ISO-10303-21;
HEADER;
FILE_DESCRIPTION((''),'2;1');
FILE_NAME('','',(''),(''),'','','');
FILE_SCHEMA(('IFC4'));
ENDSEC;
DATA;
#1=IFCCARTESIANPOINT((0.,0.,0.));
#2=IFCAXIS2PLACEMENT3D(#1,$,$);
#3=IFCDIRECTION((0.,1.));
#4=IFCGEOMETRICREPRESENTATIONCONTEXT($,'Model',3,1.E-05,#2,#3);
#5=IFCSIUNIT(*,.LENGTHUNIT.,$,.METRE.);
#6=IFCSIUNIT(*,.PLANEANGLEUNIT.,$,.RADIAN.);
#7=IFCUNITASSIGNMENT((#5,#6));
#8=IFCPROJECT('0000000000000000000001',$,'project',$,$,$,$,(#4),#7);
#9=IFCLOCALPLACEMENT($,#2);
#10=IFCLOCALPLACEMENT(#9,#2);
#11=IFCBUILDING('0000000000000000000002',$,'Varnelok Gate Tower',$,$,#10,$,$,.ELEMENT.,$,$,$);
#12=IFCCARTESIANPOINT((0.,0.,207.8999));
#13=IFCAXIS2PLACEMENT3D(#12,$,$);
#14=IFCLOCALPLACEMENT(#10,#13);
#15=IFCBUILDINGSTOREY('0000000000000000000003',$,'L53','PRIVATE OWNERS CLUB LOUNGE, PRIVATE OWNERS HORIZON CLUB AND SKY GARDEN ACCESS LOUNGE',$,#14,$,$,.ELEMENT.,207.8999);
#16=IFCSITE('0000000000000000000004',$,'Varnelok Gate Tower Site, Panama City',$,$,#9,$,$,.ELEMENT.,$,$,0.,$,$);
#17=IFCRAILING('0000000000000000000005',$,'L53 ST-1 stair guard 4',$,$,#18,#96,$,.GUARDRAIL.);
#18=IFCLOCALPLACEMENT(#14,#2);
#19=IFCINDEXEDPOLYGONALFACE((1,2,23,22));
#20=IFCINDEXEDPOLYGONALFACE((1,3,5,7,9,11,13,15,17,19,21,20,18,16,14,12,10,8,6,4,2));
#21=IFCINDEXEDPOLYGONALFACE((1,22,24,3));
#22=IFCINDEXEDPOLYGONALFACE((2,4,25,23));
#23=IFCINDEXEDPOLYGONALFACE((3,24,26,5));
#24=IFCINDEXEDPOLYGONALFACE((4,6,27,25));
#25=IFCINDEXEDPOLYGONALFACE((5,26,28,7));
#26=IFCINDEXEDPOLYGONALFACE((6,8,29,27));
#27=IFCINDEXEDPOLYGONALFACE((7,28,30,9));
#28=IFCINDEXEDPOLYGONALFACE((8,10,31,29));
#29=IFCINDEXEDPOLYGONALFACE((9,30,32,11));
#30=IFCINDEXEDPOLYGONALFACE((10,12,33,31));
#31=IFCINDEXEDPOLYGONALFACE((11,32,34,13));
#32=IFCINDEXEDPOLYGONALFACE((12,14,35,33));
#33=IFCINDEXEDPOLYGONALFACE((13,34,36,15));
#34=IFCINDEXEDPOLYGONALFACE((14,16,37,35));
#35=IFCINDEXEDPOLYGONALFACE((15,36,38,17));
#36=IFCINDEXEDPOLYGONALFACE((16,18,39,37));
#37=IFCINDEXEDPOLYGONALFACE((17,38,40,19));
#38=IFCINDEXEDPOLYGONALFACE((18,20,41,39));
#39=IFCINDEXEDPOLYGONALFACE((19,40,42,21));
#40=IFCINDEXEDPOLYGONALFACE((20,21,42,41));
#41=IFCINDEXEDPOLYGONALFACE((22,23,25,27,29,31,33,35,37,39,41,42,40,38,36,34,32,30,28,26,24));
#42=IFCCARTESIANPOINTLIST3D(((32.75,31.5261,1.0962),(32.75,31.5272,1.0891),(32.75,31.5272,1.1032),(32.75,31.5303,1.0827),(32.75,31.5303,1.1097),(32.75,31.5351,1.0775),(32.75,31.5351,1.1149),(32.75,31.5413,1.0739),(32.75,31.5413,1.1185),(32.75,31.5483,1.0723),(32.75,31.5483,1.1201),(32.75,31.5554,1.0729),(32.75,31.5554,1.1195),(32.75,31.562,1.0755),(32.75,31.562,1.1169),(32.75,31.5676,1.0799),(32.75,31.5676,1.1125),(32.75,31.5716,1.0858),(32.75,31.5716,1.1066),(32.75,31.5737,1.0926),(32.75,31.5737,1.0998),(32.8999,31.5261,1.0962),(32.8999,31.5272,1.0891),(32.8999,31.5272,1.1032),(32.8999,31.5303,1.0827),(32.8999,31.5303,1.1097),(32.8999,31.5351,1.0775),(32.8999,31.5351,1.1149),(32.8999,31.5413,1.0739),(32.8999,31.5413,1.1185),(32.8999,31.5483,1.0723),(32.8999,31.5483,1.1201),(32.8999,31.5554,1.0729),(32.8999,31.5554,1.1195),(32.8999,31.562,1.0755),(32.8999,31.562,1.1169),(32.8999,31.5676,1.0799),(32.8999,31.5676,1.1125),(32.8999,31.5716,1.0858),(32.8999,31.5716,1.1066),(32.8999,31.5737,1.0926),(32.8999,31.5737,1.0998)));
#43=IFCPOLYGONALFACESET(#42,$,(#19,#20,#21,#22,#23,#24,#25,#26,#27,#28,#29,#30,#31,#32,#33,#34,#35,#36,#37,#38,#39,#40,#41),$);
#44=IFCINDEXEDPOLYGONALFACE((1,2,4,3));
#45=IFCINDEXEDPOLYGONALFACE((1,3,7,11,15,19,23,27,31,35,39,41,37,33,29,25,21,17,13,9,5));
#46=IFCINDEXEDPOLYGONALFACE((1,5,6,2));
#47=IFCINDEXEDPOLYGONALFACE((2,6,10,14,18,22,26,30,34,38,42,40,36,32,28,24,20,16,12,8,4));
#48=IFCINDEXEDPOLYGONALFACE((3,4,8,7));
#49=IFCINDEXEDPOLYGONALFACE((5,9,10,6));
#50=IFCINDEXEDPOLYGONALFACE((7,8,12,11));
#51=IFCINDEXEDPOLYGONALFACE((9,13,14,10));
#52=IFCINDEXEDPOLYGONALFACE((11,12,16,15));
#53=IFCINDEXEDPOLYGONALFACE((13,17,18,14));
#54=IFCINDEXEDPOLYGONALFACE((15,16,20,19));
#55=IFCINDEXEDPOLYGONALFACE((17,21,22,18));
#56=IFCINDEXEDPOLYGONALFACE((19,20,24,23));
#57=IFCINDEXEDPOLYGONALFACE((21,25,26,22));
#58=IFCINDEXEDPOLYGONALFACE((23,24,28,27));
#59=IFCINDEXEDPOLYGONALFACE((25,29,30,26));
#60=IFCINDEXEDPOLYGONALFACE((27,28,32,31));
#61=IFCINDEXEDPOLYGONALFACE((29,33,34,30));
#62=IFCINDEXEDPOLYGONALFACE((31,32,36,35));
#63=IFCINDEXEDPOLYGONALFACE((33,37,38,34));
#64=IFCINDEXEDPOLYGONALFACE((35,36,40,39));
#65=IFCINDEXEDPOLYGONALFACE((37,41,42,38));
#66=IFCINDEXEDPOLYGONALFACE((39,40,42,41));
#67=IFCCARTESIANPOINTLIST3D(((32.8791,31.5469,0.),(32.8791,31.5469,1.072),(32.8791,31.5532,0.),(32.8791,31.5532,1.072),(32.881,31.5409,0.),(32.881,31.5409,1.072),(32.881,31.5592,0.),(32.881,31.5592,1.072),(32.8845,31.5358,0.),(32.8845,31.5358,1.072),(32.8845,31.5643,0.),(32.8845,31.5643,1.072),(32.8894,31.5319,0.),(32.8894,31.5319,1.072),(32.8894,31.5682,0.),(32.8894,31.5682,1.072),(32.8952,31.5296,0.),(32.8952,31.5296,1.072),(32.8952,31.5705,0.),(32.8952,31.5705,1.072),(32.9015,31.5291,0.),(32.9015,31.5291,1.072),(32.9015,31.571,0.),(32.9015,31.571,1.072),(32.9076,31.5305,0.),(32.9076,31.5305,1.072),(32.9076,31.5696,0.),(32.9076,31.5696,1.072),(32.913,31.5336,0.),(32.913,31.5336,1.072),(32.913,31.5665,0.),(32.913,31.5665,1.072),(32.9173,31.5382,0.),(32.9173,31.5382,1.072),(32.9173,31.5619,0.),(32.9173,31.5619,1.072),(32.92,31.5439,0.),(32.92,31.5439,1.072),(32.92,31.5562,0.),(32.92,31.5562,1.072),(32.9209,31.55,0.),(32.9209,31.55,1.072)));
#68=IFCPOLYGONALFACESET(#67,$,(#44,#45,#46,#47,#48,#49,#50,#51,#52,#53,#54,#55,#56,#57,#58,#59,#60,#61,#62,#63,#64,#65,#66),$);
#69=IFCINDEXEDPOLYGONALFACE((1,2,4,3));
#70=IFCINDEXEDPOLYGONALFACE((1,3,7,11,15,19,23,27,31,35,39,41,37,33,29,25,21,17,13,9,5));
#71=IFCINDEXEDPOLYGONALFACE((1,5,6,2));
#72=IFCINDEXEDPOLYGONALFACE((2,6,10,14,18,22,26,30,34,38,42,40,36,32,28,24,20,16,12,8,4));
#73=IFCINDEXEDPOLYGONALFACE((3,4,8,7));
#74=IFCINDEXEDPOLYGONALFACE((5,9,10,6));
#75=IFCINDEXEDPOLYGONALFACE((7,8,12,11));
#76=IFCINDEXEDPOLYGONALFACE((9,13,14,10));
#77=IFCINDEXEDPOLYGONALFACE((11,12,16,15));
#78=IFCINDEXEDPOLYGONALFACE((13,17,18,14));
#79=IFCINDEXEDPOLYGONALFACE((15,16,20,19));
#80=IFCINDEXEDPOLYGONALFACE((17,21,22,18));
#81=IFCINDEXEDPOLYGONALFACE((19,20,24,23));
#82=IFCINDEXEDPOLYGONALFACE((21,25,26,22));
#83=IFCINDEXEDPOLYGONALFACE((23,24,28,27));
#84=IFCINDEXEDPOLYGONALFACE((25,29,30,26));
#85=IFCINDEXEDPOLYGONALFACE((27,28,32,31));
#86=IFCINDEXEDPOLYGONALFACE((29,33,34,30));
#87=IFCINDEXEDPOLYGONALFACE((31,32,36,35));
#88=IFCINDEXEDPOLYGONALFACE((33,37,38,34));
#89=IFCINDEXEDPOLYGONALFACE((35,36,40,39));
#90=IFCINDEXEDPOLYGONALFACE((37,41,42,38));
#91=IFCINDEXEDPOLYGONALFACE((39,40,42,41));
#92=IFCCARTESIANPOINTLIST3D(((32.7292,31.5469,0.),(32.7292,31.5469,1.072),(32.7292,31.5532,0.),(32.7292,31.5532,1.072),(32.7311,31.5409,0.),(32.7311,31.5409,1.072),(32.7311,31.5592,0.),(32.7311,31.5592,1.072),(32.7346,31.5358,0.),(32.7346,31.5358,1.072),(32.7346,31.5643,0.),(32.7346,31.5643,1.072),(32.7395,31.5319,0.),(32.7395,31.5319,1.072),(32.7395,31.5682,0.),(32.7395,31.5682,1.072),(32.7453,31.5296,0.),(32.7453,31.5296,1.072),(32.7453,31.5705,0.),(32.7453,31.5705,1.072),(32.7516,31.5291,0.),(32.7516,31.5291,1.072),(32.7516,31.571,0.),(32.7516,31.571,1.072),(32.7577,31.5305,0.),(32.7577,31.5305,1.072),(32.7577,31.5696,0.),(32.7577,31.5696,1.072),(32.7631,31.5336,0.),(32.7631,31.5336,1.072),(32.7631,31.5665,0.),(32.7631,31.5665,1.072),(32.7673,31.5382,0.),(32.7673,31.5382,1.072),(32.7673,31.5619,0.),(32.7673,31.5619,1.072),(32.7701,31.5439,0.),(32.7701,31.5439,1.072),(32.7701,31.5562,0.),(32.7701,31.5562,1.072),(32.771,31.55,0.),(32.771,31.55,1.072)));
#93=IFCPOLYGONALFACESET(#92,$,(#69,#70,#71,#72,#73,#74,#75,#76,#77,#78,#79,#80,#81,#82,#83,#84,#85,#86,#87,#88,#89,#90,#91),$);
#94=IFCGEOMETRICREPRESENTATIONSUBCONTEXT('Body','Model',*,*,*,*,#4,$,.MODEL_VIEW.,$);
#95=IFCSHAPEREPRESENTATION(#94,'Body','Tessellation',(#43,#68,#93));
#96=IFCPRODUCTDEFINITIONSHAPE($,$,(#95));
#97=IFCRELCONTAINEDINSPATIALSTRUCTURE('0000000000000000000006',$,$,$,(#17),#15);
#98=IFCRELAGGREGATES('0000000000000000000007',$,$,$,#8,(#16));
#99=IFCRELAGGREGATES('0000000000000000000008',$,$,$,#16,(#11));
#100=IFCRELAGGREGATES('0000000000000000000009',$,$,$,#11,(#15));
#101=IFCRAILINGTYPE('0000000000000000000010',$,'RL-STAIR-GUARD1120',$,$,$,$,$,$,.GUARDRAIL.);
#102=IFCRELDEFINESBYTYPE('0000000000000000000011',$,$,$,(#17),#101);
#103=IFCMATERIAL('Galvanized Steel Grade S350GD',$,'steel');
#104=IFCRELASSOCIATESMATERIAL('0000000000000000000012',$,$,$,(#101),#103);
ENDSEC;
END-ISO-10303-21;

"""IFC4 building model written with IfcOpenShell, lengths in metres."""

from ifc_helpers import new_model, si_unit, direction, frame, origin, origin_2d, place, context, subcontext, project, spatial, circle, extrude, material, type_object, element, save


model = new_model("IFC4")

# Units and contexts
model_context = context("Model", 3, precision=1e-05, world=origin(), true_north=direction((0.0, 1.0)))
body_context = subcontext(model_context, "Body", "Model", "MODEL_VIEW")
ifc_project = project(units=[si_unit("LENGTHUNIT", "METRE"), si_unit("PLANEANGLEUNIT", "RADIAN")], contexts=[model_context])

# Site, building, storey
site_placement = place(None, origin())
site = spatial("IfcSite", under=ifc_project, at=site_placement, Name="Varnelok Gate Tower Site, Panama City", CompositionType="ELEMENT", RefElevation=0.0)
building_placement = place(site_placement, origin())
building = spatial("IfcBuilding", under=site, at=building_placement, Name="Varnelok Gate Tower", CompositionType="ELEMENT")
storey_placement = place(building_placement, frame((0.0, 0.0, 207.8999)))
storey = spatial("IfcBuildingStorey", under=building, at=storey_placement, Name="L53", Description="PRIVATE OWNERS CLUB LOUNGE, PRIVATE OWNERS HORIZON CLUB AND SKY GARDEN ACCESS LOUNGE", CompositionType="ELEMENT", Elevation=207.8999)

# Shared definitions
ifc_material_1 = material(Name="Galvanized Steel Grade S350GD", Category="steel")

# Railing
railing_type_1 = type_object("IfcRailingType", Name="RL-STAIR-GUARD1120", PredefinedType="GUARDRAIL", material=ifc_material_1)
railing_1_placement = place(storey_placement, frame((32.8999, 31.55, 0.0)))
element("IfcRailing", 1, at=railing_1_placement, inside=storey, type_object=railing_type_1, Name="L53 ST-1 stair guard 4", PredefinedType="GUARDRAIL", context=body_context, shape_type="SweptSolid", body=[
    extrude(circle(Radius=0.0239, at=origin_2d()), frame((0.0, 0.0, 1.0962), z_axis=(-1.0, 0.0, 0.0), x_axis=(0.0, -1.0, 0.0)), (0.0, 0.0, 1.0), 0.1499),
    extrude(circle(Radius=0.021, at=origin_2d()), origin(), (0.0, 0.0, 1.0), 1.072),
    extrude(circle(Radius=0.021, at=origin_2d()), frame((-0.1499, 0.0, 0.0)), (0.0, 0.0, 1.0), 1.072),
])

save(model, "model.ifc")
